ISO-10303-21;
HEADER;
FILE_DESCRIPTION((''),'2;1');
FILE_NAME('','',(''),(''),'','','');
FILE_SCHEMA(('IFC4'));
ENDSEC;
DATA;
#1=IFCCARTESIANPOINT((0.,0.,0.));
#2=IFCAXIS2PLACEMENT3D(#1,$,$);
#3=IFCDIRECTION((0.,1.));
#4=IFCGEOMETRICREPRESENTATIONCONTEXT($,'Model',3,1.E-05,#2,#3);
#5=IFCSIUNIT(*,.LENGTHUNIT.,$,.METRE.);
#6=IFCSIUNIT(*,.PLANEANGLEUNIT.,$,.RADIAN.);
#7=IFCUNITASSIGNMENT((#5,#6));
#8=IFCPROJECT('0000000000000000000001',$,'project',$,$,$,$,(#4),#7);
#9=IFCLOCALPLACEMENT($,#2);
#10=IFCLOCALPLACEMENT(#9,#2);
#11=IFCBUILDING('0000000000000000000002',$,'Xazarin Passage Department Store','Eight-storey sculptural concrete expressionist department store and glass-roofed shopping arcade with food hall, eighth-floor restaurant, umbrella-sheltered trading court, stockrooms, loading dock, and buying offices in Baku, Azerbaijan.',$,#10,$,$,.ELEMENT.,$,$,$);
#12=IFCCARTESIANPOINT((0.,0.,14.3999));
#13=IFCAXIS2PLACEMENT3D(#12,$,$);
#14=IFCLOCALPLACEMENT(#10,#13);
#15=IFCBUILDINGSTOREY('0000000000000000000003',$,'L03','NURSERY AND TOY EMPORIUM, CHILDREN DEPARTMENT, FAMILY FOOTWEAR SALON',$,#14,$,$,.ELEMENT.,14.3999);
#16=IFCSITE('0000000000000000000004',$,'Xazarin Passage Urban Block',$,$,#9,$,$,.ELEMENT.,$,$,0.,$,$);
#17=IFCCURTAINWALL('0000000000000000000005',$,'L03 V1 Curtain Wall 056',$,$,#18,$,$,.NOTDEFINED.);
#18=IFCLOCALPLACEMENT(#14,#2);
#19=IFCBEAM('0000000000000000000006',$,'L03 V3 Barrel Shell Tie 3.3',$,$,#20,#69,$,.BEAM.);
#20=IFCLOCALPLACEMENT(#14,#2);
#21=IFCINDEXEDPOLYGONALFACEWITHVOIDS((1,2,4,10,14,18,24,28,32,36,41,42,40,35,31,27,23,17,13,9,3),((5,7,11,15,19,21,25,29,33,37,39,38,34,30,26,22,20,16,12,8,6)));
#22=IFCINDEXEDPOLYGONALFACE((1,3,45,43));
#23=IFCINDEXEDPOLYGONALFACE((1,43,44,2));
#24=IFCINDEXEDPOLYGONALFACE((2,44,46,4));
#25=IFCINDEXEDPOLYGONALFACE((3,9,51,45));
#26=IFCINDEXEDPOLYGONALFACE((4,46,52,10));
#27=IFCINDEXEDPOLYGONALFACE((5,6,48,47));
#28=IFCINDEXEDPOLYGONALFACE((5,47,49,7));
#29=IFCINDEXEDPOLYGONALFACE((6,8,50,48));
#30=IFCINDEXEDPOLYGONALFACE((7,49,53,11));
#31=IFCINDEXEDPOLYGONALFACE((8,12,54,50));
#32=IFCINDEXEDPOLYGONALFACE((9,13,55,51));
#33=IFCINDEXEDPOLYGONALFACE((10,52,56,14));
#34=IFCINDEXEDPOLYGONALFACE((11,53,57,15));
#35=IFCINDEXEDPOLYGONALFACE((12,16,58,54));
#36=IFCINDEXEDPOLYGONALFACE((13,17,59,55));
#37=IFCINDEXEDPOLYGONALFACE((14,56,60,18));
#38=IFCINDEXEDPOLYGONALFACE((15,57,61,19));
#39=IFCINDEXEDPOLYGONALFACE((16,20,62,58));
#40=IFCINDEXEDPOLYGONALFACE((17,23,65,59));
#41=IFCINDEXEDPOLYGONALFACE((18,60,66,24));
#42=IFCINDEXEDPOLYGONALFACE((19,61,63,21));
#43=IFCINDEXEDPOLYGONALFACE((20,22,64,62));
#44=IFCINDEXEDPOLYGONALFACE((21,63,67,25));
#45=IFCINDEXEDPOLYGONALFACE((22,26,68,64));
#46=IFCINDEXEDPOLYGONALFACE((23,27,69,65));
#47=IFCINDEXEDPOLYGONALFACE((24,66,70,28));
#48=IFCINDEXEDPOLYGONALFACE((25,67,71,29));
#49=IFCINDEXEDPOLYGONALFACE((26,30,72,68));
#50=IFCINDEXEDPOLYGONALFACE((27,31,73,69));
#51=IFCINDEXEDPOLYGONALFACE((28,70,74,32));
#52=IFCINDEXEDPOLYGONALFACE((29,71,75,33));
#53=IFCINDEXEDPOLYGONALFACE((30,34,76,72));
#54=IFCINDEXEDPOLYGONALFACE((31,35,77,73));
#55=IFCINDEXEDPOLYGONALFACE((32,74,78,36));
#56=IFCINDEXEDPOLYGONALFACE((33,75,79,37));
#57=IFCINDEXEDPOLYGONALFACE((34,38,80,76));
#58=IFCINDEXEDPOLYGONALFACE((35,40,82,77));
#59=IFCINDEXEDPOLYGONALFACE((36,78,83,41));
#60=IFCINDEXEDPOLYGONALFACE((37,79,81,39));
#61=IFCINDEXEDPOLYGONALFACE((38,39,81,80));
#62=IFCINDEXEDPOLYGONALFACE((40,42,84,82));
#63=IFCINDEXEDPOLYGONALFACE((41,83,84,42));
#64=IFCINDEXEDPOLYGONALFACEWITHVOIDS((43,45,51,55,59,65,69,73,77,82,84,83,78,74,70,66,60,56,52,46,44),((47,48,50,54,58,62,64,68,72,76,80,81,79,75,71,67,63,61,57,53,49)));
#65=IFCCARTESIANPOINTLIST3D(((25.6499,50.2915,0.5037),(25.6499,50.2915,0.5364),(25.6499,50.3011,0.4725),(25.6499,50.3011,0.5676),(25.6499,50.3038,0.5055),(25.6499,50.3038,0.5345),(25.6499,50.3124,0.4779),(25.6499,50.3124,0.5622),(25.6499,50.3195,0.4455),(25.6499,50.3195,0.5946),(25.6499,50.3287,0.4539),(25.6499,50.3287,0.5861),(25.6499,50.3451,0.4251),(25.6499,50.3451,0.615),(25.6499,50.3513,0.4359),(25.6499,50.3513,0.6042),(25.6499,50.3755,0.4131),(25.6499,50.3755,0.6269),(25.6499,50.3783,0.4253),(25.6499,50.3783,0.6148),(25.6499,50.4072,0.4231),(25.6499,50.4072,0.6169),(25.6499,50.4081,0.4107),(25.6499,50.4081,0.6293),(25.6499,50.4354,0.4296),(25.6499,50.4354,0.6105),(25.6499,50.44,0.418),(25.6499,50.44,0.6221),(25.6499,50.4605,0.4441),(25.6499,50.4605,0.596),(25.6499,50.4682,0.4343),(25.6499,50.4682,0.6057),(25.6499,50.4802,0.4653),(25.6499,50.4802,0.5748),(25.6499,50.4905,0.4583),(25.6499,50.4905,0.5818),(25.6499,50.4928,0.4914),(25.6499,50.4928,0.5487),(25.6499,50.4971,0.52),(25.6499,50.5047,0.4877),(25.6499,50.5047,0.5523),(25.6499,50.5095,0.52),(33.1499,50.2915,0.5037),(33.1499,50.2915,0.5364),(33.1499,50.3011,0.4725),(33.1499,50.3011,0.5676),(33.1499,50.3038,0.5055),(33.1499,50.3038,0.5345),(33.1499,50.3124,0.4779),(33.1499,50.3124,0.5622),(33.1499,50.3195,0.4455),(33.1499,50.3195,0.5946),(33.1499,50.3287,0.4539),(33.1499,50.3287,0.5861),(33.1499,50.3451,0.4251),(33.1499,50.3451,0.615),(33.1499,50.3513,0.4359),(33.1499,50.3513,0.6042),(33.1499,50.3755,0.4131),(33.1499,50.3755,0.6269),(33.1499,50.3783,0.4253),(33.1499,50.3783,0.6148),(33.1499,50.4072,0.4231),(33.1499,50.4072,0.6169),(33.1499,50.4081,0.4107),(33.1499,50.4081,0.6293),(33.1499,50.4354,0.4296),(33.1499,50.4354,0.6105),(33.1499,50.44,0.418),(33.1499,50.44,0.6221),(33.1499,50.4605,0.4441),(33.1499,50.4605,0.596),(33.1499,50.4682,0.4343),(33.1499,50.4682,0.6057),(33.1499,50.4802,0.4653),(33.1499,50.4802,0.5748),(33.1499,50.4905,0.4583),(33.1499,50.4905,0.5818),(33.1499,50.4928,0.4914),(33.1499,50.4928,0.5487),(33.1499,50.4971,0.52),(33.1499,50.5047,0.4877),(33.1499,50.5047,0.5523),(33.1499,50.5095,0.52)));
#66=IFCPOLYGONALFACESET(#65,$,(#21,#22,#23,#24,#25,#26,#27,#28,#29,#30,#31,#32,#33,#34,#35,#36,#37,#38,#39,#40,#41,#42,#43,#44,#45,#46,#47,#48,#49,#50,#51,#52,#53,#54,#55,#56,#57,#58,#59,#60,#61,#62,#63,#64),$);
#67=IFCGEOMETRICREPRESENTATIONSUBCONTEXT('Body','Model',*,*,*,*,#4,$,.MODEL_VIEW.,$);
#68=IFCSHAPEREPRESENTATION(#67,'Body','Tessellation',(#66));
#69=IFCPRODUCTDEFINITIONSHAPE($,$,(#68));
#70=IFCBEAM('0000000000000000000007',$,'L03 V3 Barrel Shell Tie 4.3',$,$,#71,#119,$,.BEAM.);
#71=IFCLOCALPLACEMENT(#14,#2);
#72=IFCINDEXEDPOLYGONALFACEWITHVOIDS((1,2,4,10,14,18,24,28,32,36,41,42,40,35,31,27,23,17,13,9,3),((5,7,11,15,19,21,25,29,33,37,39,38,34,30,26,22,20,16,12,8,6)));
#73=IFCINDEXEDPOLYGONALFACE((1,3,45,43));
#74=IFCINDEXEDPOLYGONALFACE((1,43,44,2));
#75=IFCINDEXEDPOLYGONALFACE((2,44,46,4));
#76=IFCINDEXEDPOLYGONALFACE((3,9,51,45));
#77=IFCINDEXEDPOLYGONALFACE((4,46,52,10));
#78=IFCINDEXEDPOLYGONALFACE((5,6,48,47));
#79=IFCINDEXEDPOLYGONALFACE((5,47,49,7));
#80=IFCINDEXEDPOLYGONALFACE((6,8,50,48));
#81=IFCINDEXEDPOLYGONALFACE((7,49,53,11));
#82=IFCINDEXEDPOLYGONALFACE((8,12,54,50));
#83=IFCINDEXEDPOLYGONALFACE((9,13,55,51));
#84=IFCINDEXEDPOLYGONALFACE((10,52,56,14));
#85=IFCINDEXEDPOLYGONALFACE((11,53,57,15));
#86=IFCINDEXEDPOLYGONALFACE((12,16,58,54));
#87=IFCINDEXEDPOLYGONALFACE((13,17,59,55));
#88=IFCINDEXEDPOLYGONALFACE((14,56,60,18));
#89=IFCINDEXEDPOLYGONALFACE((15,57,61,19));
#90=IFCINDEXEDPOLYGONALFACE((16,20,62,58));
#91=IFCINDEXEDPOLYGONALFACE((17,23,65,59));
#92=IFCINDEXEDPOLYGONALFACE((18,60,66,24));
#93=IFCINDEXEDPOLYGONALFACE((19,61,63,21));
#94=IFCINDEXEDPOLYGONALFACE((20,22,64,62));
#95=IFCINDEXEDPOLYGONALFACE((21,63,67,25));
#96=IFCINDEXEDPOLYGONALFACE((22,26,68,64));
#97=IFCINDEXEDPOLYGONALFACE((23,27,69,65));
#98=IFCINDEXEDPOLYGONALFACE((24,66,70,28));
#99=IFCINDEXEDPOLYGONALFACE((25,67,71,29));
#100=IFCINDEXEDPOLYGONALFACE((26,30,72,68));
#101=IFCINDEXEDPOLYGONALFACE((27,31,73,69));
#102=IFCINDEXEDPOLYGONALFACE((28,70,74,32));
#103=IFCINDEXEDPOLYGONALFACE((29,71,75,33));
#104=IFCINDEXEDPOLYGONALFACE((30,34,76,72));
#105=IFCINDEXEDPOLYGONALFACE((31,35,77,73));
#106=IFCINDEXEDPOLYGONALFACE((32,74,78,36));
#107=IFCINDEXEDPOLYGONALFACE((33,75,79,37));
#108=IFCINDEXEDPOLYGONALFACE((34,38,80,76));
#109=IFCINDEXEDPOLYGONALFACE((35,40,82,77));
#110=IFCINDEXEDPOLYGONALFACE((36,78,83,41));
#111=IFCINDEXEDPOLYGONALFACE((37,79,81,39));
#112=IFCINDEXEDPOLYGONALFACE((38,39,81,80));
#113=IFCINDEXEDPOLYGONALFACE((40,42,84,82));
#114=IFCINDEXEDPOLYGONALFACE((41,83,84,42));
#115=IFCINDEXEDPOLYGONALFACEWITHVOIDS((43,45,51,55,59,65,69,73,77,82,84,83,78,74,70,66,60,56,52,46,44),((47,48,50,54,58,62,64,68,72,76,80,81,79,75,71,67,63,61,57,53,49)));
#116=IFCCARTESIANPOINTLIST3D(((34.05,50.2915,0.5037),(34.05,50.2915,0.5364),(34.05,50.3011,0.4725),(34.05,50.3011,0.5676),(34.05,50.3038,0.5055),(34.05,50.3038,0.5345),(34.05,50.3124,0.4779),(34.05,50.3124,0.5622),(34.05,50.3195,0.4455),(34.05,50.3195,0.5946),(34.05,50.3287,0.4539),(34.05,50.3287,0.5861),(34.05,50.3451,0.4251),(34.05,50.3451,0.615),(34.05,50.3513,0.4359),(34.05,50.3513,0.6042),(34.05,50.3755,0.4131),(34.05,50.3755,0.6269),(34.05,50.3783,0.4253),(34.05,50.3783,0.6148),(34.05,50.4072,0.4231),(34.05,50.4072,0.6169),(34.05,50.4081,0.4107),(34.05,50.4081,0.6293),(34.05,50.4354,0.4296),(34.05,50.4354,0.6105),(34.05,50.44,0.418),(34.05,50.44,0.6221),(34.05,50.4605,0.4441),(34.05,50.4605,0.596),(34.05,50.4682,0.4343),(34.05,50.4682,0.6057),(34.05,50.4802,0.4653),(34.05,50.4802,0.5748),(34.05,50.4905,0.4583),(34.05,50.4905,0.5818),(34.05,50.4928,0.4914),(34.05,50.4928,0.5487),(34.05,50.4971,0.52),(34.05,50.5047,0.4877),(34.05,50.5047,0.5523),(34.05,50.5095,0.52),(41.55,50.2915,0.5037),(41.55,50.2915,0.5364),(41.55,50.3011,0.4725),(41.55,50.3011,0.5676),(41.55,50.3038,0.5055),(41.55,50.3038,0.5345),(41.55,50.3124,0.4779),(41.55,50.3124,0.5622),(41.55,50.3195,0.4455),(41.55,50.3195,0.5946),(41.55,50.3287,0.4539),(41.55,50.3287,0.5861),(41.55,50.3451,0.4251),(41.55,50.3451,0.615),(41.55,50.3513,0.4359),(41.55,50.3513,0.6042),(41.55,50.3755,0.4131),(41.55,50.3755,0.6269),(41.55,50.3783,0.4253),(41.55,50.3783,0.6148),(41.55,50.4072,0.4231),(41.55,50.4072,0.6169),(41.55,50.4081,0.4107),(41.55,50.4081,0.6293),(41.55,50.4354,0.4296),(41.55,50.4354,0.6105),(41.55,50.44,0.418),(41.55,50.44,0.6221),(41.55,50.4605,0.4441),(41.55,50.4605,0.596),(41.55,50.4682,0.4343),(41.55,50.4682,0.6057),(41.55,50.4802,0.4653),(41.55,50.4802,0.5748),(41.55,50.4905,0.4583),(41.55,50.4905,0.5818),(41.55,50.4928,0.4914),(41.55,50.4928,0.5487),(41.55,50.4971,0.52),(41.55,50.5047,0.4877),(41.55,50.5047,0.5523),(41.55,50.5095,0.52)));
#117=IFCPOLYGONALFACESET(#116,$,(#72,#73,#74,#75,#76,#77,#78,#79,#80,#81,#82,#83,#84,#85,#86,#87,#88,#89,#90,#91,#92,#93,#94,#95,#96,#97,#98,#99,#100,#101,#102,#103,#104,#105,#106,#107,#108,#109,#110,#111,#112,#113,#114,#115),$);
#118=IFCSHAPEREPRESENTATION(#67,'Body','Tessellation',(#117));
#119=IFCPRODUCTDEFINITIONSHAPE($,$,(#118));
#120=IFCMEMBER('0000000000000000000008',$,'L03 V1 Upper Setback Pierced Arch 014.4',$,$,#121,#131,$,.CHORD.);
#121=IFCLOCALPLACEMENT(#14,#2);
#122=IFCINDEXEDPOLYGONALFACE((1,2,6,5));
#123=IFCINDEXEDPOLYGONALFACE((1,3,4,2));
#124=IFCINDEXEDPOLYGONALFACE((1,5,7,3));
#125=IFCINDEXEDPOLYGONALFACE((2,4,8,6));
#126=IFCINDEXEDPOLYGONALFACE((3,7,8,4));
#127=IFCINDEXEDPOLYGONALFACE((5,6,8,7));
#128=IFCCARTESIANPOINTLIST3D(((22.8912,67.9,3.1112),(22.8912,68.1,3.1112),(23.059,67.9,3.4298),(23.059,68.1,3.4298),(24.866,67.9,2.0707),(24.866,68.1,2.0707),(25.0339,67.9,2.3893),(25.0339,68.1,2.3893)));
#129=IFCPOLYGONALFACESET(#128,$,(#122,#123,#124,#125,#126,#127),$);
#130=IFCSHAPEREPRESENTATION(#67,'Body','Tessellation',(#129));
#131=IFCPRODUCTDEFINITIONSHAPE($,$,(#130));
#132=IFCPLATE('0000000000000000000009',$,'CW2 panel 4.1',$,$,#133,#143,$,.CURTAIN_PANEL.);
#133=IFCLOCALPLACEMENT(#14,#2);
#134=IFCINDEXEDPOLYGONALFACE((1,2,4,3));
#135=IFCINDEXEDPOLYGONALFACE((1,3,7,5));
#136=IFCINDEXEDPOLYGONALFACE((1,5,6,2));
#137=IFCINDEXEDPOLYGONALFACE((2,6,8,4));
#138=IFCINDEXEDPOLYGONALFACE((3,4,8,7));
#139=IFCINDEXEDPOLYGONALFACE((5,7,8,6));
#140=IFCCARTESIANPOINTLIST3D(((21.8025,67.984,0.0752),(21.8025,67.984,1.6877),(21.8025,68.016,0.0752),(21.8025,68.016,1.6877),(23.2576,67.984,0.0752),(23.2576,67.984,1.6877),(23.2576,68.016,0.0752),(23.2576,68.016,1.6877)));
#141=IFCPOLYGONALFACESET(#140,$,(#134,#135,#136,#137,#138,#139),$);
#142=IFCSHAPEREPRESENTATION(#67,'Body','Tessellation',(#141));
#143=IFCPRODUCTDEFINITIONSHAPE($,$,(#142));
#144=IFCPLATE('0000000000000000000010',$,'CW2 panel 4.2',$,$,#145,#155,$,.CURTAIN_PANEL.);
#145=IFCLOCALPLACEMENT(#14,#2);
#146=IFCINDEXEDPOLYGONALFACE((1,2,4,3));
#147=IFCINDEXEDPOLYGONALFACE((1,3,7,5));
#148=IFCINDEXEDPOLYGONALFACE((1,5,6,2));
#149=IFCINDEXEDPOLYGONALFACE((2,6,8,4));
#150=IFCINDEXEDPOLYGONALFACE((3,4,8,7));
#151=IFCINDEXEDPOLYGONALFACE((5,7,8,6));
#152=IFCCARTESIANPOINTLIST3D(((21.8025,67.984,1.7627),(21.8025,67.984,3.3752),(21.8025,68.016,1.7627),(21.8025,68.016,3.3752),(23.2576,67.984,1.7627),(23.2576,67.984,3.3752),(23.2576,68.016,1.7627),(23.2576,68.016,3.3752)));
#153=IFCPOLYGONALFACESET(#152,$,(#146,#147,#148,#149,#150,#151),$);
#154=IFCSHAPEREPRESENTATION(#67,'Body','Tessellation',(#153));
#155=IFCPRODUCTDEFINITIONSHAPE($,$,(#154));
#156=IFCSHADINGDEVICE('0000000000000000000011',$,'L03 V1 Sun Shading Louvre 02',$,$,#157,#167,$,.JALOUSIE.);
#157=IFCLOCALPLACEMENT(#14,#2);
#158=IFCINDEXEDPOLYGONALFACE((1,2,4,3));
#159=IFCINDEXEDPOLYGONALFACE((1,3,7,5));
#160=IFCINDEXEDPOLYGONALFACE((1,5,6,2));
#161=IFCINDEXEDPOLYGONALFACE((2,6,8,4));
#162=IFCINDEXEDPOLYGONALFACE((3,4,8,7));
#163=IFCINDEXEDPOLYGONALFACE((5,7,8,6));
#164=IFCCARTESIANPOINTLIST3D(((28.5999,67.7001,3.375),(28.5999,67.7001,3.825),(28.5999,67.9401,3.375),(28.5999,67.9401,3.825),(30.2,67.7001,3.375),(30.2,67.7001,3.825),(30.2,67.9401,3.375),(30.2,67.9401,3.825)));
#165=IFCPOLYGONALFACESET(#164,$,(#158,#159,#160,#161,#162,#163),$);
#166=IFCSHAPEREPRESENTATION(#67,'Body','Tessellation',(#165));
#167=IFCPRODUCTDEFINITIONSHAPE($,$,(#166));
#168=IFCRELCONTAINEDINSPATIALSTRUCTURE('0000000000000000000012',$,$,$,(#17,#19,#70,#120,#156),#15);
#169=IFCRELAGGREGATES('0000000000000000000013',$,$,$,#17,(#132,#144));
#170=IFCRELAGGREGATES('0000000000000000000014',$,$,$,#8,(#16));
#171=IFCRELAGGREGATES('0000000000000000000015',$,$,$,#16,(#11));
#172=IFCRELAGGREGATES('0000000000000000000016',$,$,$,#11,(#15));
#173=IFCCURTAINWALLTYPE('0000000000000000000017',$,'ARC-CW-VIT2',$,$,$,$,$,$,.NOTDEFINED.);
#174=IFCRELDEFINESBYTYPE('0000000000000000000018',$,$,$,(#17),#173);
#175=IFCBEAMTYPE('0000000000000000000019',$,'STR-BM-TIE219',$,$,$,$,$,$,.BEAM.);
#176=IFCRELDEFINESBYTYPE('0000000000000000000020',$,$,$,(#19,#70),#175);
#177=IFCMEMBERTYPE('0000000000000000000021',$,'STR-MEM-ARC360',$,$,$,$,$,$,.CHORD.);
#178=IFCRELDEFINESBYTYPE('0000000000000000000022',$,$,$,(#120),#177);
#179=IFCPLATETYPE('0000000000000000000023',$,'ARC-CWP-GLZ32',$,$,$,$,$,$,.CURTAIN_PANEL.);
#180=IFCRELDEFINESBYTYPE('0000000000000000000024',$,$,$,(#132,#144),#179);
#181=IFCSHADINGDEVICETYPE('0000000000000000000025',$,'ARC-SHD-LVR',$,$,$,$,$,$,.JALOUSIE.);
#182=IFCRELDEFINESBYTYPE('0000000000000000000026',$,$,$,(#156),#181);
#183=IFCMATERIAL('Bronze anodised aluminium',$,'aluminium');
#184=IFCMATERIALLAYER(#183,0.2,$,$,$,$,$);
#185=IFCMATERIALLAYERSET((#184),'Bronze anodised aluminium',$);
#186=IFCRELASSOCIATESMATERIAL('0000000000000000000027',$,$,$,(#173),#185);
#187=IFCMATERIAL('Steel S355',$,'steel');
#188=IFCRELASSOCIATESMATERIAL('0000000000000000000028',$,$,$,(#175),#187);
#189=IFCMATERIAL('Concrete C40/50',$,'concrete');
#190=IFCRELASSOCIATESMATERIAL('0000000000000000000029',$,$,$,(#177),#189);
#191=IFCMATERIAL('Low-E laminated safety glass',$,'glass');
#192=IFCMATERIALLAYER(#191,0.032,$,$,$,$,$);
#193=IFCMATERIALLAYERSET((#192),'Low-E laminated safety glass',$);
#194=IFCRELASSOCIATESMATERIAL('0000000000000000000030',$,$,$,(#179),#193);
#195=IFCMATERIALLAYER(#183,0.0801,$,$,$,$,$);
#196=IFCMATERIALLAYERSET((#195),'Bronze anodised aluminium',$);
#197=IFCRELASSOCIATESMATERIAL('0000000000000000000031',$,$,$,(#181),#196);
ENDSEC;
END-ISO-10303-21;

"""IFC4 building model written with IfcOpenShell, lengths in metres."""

from ifc_helpers import new_model, si_unit, direction, frame, origin, origin_2d, place, context, subcontext, project, spatial, rectangle, hollow_circle, extrude, material, layer, layer_set, material_profile, profile_set, type_object, element, aggregate, save


model = new_model("IFC4")

# Units and contexts
model_context = context("Model", 3, precision=1e-05, world=origin(), true_north=direction((0.0, 1.0)))
body_context = subcontext(model_context, "Body", "Model", "MODEL_VIEW")
ifc_project = project(units=[si_unit("LENGTHUNIT", "METRE"), si_unit("PLANEANGLEUNIT", "RADIAN")], contexts=[model_context])

# Site, building, storey
site_placement = place(None, origin())
site = spatial("IfcSite", under=ifc_project, at=site_placement, Name="Xazarin Passage Urban Block", CompositionType="ELEMENT", RefElevation=0.0)
building_placement = place(site_placement, origin())
building = spatial("IfcBuilding", under=site, at=building_placement, Name="Xazarin Passage Department Store", Description="Eight-storey sculptural concrete expressionist department store and glass-roofed shopping arcade with food hall, eighth-floor restaurant, umbrella-sheltered trading court, stockrooms, loading dock, and buying offices in Baku, Azerbaijan.", CompositionType="ELEMENT")
storey_placement = place(building_placement, frame((0.0, 0.0, 14.3999)))
storey = spatial("IfcBuildingStorey", under=building, at=storey_placement, Name="L03", Description="NURSERY AND TOY EMPORIUM, CHILDREN DEPARTMENT, FAMILY FOOTWEAR SALON", CompositionType="ELEMENT", Elevation=14.3999)

# Curtain wall
ifc_material_1 = material(Name="Bronze anodised aluminium", Category="aluminium")
ifc_layer_1 = layer(ifc_material_1, 0.2)
ifc_layer_set_1 = layer_set([ifc_layer_1], Name="Bronze anodised aluminium")
curtain_wall_type = type_object("IfcCurtainWallType", Name="ARC-CW-VIT2", PredefinedType="NOTDEFINED", material=ifc_layer_set_1)
curtain_wall_placement = place(storey_placement, origin())
curtain_wall = element("IfcCurtainWall", 1, at=curtain_wall_placement, inside=storey, type_object=curtain_wall_type, Name="L03 V1 Curtain Wall 056", PredefinedType="NOTDEFINED")

# Beams
ifc_material_2 = material(Name="Steel S355", Category="steel")
ifc_material_profile_1 = material_profile(ifc_material_2, hollow_circle(Radius=0.1096, WallThickness=0.0125, at=origin_2d()), Name="CHS 219.1x12.5")
ifc_profile_set_1 = profile_set([ifc_material_profile_1], Name="Steel S355")
beam_type_1 = type_object("IfcBeamType", Name="STR-BM-TIE219", PredefinedType="BEAM", material=ifc_profile_set_1)
for number, where, z_axis, x_axis, name in (
    (2, (25.6499, 50.3999, 0.52), (1.0, 0.0, 0.0), (0.0, 1.0, 0.0), "L03 V3 Barrel Shell Tie 3.3"),
    (3, (34.05, 50.3999, 0.52), (1.0, 0.0, 0.0), (0.0, 1.0, 0.0), "L03 V3 Barrel Shell Tie 4.3"),
):
    element("IfcBeam", number, at=place(storey_placement, frame(where, z_axis=z_axis, x_axis=x_axis)), inside=storey, type_object=beam_type_1, Name=name, PredefinedType="BEAM", context=body_context, shape_type="SweptSolid", body=[
        extrude(hollow_circle(Radius=0.1096, WallThickness=0.0125, at=origin_2d()), origin(), (0.0, 0.0, 1.0), 7.5),
    ])

# Member
ifc_material_3 = material(Name="Concrete C40/50", Category="concrete")
ifc_material_profile_2 = material_profile(ifc_material_3, rectangle(XDim=0.2, YDim=0.3601, at=origin_2d()), Name="RC 200x360")
ifc_profile_set_2 = profile_set([ifc_material_profile_2], Name="Concrete C40/50")
member_type_1 = type_object("IfcMemberType", Name="STR-MEM-ARC360", PredefinedType="CHORD", material=ifc_profile_set_2)
member_1_placement = place(storey_placement, frame((22.9751, 68.0, 3.2705), z_axis=(0.884709, 0.0, -0.466143), x_axis=(0.0, 1.0, 0.0)))
element("IfcMember", 4, at=member_1_placement, inside=storey, type_object=member_type_1, Name="L03 V1 Upper Setback Pierced Arch 014.4", PredefinedType="CHORD", context=body_context, shape_type="SweptSolid", body=[
    extrude(rectangle(XDim=0.2, YDim=0.3601, at=origin_2d()), origin(), (0.0, 0.0, 1.0), 2.2322),
])

# Plates
ifc_material_4 = material(Name="Low-E laminated safety glass", Category="glass")
ifc_layer_2 = layer(ifc_material_4, 0.032)
ifc_layer_set_2 = layer_set([ifc_layer_2], Name="Low-E laminated safety glass")
plate_type = type_object("IfcPlateType", Name="ARC-CWP-GLZ32", PredefinedType="CURTAIN_PANEL", material=ifc_layer_set_2)
plate_1_placement = place(storey_placement, frame((22.53, 68.0, 0.0752), z_axis=(0.0, 0.0, 1.0), x_axis=(1.0, 0.0, 0.0)))
plate_1 = element("IfcPlate", 5, at=plate_1_placement, type_object=plate_type, Name="CW2 panel 4.1", PredefinedType="CURTAIN_PANEL", context=body_context, shape_type="SweptSolid", body=[
    extrude(rectangle(XDim=1.4551, YDim=0.032, at=origin_2d()), origin(), (0.0, 0.0, 1.0), 1.6125),
])
plate_2_placement = place(storey_placement, frame((22.53, 68.0, 1.7627), z_axis=(0.0, 0.0, 1.0), x_axis=(1.0, 0.0, 0.0)))
plate_2 = element("IfcPlate", 6, at=plate_2_placement, type_object=plate_type, Name="CW2 panel 4.2", PredefinedType="CURTAIN_PANEL", context=body_context, shape_type="SweptSolid", body=[
    extrude(rectangle(XDim=1.4551, YDim=0.032, at=origin_2d()), origin(), (0.0, 0.0, 1.0), 1.6125),
])
aggregate(curtain_wall, [plate_1, plate_2])

# Shading device
ifc_layer_3 = layer(ifc_material_1, 0.0801)
ifc_layer_set_3 = layer_set([ifc_layer_3], Name="Bronze anodised aluminium")
shading_device_type = type_object("IfcShadingDeviceType", Name="ARC-SHD-LVR", PredefinedType="JALOUSIE", material=ifc_layer_set_3)
shading_device_placement = place(storey_placement, frame((29.3999, 67.8201, 3.375), z_axis=(0.0, 0.0, 1.0), x_axis=(1.0, 0.0, 0.0)))
element("IfcShadingDevice", 7, at=shading_device_placement, inside=storey, type_object=shading_device_type, Name="L03 V1 Sun Shading Louvre 02", PredefinedType="JALOUSIE", context=body_context, shape_type="SweptSolid", body=[
    extrude(rectangle(XDim=1.6001, YDim=0.24, at=origin_2d()), origin(), (0.0, 0.0, 1.0), 0.45),
])

save(model, "model.ifc")
